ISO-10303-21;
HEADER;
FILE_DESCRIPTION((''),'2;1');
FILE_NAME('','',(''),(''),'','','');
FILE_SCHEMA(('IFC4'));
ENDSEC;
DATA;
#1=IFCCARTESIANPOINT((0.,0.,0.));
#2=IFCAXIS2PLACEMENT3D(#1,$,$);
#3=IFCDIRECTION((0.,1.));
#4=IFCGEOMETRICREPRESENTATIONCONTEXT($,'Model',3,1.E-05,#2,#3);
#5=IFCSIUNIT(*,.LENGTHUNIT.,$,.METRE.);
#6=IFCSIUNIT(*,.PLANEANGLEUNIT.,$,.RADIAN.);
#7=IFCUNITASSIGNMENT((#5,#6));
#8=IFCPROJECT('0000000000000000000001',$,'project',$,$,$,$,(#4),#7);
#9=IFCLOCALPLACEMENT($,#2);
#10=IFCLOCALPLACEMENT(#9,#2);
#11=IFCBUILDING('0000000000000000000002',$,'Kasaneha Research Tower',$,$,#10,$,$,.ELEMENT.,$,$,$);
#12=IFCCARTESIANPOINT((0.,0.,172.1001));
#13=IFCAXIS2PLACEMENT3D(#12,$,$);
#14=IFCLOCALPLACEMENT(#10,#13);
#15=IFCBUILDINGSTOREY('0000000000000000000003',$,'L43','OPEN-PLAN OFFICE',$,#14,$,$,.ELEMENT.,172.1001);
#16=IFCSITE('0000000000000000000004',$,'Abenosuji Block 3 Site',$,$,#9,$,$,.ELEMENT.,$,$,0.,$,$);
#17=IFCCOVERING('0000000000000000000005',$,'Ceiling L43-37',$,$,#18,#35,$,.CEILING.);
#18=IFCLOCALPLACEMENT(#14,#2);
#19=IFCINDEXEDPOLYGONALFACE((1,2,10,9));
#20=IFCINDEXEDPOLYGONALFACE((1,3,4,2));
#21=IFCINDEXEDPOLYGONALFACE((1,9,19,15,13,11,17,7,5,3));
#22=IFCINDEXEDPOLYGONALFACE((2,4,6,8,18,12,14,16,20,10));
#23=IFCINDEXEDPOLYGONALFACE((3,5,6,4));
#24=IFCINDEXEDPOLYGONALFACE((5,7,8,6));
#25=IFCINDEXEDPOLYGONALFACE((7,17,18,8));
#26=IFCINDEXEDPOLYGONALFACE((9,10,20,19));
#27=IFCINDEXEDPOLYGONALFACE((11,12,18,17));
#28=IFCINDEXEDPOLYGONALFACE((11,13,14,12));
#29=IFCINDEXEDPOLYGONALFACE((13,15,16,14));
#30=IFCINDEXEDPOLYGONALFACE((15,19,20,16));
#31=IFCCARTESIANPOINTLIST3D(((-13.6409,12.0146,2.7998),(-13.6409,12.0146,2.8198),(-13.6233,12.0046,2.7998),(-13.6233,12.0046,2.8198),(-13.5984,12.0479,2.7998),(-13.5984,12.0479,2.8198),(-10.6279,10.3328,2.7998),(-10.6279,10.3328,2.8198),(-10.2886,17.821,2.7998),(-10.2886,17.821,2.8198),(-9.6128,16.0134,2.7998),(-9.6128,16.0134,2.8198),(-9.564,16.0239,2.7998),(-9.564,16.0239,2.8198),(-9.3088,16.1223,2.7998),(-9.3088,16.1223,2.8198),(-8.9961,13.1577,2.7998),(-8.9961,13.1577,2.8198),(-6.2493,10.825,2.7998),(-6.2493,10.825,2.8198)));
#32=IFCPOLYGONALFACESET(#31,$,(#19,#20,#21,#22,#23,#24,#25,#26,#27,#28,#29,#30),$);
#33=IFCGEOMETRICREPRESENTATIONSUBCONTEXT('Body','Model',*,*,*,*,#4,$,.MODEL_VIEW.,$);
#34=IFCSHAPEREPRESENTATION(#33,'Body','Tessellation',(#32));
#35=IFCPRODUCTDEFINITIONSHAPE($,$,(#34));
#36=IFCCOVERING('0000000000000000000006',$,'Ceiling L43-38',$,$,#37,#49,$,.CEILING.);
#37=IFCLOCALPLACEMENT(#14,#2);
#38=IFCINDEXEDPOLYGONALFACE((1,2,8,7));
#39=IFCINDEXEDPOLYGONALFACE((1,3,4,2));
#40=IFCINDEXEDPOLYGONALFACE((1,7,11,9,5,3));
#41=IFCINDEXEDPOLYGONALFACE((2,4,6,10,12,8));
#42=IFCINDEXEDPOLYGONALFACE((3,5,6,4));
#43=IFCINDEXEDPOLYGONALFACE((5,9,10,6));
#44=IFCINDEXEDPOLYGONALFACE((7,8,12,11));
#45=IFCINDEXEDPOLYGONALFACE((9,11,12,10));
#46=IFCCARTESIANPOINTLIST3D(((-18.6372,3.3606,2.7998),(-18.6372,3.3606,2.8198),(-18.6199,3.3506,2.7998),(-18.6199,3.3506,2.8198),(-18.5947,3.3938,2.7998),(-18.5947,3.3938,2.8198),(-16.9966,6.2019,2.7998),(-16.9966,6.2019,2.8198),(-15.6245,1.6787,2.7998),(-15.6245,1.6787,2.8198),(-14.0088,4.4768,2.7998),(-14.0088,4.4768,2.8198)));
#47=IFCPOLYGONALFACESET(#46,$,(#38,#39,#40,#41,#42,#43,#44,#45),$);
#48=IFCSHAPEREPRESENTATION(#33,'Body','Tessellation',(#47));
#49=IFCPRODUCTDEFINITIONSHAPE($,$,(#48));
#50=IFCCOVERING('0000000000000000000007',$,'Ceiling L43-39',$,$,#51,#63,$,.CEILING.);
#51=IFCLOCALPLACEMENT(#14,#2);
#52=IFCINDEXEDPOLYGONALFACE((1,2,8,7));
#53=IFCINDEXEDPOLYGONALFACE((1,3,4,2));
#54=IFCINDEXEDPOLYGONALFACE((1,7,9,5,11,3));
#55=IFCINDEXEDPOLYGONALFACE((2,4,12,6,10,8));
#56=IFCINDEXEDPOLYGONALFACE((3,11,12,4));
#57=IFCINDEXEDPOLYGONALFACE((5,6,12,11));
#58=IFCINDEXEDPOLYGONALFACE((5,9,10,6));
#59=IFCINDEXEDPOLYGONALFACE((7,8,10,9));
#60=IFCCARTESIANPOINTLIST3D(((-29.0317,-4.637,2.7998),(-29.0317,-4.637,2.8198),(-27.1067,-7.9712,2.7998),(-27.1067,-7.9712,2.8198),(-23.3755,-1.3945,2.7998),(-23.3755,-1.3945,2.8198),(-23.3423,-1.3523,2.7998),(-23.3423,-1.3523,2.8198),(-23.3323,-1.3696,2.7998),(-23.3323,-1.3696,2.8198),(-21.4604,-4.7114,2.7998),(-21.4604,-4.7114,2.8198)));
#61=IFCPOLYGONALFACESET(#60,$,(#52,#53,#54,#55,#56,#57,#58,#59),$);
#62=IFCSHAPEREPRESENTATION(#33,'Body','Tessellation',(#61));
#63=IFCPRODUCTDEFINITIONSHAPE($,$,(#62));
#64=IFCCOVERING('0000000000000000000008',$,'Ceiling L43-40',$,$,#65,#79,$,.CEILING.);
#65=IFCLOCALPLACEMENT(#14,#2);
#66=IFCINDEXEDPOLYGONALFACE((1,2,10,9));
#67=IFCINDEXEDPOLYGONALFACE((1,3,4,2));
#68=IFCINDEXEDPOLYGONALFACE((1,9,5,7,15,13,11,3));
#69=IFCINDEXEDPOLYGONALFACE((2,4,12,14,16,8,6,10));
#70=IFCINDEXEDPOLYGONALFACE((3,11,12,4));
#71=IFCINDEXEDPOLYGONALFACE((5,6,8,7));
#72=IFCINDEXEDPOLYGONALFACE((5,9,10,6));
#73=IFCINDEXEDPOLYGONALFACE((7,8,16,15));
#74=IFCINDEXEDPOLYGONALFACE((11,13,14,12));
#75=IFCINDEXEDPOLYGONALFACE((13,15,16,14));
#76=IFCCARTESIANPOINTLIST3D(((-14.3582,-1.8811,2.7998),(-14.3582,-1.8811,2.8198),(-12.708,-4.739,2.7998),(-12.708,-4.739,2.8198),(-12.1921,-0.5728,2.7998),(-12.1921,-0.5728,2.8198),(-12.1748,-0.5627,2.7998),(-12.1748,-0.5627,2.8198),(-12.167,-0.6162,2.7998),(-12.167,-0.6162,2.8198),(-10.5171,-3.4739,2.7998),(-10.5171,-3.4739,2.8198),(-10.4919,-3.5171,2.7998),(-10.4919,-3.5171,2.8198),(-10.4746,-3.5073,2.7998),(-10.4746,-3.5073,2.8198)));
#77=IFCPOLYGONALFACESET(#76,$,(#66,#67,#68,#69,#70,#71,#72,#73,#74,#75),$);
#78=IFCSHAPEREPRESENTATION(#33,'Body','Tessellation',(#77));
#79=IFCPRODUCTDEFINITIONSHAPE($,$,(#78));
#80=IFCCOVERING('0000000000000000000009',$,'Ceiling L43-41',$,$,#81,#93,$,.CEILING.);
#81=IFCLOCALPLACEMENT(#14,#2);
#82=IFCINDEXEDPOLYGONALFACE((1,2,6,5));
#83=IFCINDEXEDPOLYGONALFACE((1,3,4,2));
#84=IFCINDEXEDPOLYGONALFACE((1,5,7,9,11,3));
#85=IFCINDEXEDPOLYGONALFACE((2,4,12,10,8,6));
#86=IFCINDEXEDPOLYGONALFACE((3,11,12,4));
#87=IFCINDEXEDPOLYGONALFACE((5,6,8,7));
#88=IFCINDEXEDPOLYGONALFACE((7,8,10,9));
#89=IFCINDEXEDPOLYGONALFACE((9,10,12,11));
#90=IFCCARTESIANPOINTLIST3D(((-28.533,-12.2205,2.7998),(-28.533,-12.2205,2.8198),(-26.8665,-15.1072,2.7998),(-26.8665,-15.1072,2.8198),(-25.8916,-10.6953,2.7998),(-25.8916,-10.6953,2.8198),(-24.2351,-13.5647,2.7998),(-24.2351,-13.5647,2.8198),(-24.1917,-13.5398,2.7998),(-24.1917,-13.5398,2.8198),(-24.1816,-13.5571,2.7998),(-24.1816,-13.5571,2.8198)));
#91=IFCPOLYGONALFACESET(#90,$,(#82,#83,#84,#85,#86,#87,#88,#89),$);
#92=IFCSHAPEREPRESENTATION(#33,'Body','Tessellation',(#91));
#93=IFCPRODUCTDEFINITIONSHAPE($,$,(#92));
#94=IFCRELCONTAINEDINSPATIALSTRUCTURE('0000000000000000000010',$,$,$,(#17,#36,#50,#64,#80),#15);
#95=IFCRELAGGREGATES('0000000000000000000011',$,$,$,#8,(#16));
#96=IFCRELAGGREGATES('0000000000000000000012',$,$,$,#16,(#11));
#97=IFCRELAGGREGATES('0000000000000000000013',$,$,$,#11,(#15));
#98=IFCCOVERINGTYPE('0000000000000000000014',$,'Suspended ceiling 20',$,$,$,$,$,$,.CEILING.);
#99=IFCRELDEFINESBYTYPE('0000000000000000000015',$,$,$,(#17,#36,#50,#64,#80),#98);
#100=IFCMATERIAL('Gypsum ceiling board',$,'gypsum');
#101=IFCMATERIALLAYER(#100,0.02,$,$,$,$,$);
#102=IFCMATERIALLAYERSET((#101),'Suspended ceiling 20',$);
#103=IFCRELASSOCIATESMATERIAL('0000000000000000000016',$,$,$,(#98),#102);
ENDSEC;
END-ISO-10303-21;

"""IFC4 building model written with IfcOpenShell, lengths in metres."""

from ifc_helpers import new_model, si_unit, direction, frame, origin, place, context, subcontext, project, spatial, polyline, outline, extrude, material, layer, layer_set, type_object, element, save


model = new_model("IFC4")

# Units and contexts
model_context = context("Model", 3, precision=1e-05, world=origin(), true_north=direction((0.0, 1.0)))
body_context = subcontext(model_context, "Body", "Model", "MODEL_VIEW")
ifc_project = project(units=[si_unit("LENGTHUNIT", "METRE"), si_unit("PLANEANGLEUNIT", "RADIAN")], contexts=[model_context])

# Site, building, storey
site_placement = place(None, origin())
site = spatial("IfcSite", under=ifc_project, at=site_placement, Name="Abenosuji Block 3 Site", CompositionType="ELEMENT", RefElevation=0.0)
building_placement = place(site_placement, origin())
building = spatial("IfcBuilding", under=site, at=building_placement, Name="Kasaneha Research Tower", CompositionType="ELEMENT")
storey_placement = place(building_placement, frame((0.0, 0.0, 172.1001)))
storey = spatial("IfcBuildingStorey", under=building, at=storey_placement, Name="L43", Description="OPEN-PLAN OFFICE", CompositionType="ELEMENT", Elevation=172.1001)

# Coverings
ifc_material_1 = material(Name="Gypsum ceiling board", Category="gypsum")
ifc_layer_1 = layer(ifc_material_1, 0.02)
ifc_layer_set_1 = layer_set([ifc_layer_1], Name="Suspended ceiling 20")
covering_type_1 = type_object("IfcCoveringType", Name="Suspended ceiling 20", PredefinedType="CEILING", material=ifc_layer_set_1)
covering_1_placement = place(storey_placement, frame((0.0, 0.0, 2.7998)))
element("IfcCovering", 1, at=covering_1_placement, inside=storey, type_object=covering_type_1, Name="Ceiling L43-37", PredefinedType="CEILING", context=body_context, shape_type="SweptSolid", body=[
    extrude(outline(polyline([(-6.2493, 10.825), (-9.3088, 16.1223), (-9.564, 16.0239), (-9.564, 16.0239), (-9.6128, 16.0134), (-8.9961, 13.1577), (-10.6279, 10.3328), (-13.5984, 12.0479), (-13.6233, 12.0046), (-13.6409, 12.0146), (-10.2886, 17.821), (-6.2493, 10.825)])), origin(), (0.0, 0.0, 1.0), 0.02),
])
covering_2_placement = place(storey_placement, frame((0.0, 0.0, 2.7998)))
element("IfcCovering", 2, at=covering_2_placement, inside=storey, type_object=covering_type_1, Name="Ceiling L43-38", PredefinedType="CEILING", context=body_context, shape_type="SweptSolid", body=[
    extrude(outline(polyline([(-16.9966, 6.2019), (-14.0088, 4.4768), (-15.6245, 1.6787), (-18.5947, 3.3938), (-18.6199, 3.3506), (-18.6372, 3.3606), (-16.9966, 6.2019)])), origin(), (0.0, 0.0, 1.0), 0.02),
])
covering_3_placement = place(storey_placement, frame((0.0, 0.0, 2.7998)))
element("IfcCovering", 3, at=covering_3_placement, inside=storey, type_object=covering_type_1, Name="Ceiling L43-39", PredefinedType="CEILING", context=body_context, shape_type="SweptSolid", body=[
    extrude(outline(polyline([(-23.3423, -1.3523), (-23.3323, -1.3696), (-23.3755, -1.3945), (-21.4604, -4.7114), (-27.1067, -7.9712), (-29.0317, -4.637), (-23.3423, -1.3523)])), origin(), (0.0, 0.0, 1.0), 0.02),
])
covering_4_placement = place(storey_placement, frame((0.0, 0.0, 2.7998)))
element("IfcCovering", 4, at=covering_4_placement, inside=storey, type_object=covering_type_1, Name="Ceiling L43-40", PredefinedType="CEILING", context=body_context, shape_type="SweptSolid", body=[
    extrude(outline(polyline([(-10.4746, -3.5073), (-10.4919, -3.5171), (-10.5171, -3.4739), (-12.708, -4.739), (-14.3582, -1.8811), (-12.167, -0.6162), (-12.1921, -0.5728), (-12.1748, -0.5627), (-10.4746, -3.5073)])), origin(), (0.0, 0.0, 1.0), 0.02),
])
covering_5_placement = place(storey_placement, frame((0.0, 0.0, 2.7998)))
element("IfcCovering", 5, at=covering_5_placement, inside=storey, type_object=covering_type_1, Name="Ceiling L43-41", PredefinedType="CEILING", context=body_context, shape_type="SweptSolid", body=[
    extrude(outline(polyline([(-28.533, -12.2205), (-25.8916, -10.6953), (-24.2351, -13.5647), (-24.1917, -13.5398), (-24.1816, -13.5571), (-26.8665, -15.1072), (-28.533, -12.2205)])), origin(), (0.0, 0.0, 1.0), 0.02),
])

save(model, "model.ifc")
